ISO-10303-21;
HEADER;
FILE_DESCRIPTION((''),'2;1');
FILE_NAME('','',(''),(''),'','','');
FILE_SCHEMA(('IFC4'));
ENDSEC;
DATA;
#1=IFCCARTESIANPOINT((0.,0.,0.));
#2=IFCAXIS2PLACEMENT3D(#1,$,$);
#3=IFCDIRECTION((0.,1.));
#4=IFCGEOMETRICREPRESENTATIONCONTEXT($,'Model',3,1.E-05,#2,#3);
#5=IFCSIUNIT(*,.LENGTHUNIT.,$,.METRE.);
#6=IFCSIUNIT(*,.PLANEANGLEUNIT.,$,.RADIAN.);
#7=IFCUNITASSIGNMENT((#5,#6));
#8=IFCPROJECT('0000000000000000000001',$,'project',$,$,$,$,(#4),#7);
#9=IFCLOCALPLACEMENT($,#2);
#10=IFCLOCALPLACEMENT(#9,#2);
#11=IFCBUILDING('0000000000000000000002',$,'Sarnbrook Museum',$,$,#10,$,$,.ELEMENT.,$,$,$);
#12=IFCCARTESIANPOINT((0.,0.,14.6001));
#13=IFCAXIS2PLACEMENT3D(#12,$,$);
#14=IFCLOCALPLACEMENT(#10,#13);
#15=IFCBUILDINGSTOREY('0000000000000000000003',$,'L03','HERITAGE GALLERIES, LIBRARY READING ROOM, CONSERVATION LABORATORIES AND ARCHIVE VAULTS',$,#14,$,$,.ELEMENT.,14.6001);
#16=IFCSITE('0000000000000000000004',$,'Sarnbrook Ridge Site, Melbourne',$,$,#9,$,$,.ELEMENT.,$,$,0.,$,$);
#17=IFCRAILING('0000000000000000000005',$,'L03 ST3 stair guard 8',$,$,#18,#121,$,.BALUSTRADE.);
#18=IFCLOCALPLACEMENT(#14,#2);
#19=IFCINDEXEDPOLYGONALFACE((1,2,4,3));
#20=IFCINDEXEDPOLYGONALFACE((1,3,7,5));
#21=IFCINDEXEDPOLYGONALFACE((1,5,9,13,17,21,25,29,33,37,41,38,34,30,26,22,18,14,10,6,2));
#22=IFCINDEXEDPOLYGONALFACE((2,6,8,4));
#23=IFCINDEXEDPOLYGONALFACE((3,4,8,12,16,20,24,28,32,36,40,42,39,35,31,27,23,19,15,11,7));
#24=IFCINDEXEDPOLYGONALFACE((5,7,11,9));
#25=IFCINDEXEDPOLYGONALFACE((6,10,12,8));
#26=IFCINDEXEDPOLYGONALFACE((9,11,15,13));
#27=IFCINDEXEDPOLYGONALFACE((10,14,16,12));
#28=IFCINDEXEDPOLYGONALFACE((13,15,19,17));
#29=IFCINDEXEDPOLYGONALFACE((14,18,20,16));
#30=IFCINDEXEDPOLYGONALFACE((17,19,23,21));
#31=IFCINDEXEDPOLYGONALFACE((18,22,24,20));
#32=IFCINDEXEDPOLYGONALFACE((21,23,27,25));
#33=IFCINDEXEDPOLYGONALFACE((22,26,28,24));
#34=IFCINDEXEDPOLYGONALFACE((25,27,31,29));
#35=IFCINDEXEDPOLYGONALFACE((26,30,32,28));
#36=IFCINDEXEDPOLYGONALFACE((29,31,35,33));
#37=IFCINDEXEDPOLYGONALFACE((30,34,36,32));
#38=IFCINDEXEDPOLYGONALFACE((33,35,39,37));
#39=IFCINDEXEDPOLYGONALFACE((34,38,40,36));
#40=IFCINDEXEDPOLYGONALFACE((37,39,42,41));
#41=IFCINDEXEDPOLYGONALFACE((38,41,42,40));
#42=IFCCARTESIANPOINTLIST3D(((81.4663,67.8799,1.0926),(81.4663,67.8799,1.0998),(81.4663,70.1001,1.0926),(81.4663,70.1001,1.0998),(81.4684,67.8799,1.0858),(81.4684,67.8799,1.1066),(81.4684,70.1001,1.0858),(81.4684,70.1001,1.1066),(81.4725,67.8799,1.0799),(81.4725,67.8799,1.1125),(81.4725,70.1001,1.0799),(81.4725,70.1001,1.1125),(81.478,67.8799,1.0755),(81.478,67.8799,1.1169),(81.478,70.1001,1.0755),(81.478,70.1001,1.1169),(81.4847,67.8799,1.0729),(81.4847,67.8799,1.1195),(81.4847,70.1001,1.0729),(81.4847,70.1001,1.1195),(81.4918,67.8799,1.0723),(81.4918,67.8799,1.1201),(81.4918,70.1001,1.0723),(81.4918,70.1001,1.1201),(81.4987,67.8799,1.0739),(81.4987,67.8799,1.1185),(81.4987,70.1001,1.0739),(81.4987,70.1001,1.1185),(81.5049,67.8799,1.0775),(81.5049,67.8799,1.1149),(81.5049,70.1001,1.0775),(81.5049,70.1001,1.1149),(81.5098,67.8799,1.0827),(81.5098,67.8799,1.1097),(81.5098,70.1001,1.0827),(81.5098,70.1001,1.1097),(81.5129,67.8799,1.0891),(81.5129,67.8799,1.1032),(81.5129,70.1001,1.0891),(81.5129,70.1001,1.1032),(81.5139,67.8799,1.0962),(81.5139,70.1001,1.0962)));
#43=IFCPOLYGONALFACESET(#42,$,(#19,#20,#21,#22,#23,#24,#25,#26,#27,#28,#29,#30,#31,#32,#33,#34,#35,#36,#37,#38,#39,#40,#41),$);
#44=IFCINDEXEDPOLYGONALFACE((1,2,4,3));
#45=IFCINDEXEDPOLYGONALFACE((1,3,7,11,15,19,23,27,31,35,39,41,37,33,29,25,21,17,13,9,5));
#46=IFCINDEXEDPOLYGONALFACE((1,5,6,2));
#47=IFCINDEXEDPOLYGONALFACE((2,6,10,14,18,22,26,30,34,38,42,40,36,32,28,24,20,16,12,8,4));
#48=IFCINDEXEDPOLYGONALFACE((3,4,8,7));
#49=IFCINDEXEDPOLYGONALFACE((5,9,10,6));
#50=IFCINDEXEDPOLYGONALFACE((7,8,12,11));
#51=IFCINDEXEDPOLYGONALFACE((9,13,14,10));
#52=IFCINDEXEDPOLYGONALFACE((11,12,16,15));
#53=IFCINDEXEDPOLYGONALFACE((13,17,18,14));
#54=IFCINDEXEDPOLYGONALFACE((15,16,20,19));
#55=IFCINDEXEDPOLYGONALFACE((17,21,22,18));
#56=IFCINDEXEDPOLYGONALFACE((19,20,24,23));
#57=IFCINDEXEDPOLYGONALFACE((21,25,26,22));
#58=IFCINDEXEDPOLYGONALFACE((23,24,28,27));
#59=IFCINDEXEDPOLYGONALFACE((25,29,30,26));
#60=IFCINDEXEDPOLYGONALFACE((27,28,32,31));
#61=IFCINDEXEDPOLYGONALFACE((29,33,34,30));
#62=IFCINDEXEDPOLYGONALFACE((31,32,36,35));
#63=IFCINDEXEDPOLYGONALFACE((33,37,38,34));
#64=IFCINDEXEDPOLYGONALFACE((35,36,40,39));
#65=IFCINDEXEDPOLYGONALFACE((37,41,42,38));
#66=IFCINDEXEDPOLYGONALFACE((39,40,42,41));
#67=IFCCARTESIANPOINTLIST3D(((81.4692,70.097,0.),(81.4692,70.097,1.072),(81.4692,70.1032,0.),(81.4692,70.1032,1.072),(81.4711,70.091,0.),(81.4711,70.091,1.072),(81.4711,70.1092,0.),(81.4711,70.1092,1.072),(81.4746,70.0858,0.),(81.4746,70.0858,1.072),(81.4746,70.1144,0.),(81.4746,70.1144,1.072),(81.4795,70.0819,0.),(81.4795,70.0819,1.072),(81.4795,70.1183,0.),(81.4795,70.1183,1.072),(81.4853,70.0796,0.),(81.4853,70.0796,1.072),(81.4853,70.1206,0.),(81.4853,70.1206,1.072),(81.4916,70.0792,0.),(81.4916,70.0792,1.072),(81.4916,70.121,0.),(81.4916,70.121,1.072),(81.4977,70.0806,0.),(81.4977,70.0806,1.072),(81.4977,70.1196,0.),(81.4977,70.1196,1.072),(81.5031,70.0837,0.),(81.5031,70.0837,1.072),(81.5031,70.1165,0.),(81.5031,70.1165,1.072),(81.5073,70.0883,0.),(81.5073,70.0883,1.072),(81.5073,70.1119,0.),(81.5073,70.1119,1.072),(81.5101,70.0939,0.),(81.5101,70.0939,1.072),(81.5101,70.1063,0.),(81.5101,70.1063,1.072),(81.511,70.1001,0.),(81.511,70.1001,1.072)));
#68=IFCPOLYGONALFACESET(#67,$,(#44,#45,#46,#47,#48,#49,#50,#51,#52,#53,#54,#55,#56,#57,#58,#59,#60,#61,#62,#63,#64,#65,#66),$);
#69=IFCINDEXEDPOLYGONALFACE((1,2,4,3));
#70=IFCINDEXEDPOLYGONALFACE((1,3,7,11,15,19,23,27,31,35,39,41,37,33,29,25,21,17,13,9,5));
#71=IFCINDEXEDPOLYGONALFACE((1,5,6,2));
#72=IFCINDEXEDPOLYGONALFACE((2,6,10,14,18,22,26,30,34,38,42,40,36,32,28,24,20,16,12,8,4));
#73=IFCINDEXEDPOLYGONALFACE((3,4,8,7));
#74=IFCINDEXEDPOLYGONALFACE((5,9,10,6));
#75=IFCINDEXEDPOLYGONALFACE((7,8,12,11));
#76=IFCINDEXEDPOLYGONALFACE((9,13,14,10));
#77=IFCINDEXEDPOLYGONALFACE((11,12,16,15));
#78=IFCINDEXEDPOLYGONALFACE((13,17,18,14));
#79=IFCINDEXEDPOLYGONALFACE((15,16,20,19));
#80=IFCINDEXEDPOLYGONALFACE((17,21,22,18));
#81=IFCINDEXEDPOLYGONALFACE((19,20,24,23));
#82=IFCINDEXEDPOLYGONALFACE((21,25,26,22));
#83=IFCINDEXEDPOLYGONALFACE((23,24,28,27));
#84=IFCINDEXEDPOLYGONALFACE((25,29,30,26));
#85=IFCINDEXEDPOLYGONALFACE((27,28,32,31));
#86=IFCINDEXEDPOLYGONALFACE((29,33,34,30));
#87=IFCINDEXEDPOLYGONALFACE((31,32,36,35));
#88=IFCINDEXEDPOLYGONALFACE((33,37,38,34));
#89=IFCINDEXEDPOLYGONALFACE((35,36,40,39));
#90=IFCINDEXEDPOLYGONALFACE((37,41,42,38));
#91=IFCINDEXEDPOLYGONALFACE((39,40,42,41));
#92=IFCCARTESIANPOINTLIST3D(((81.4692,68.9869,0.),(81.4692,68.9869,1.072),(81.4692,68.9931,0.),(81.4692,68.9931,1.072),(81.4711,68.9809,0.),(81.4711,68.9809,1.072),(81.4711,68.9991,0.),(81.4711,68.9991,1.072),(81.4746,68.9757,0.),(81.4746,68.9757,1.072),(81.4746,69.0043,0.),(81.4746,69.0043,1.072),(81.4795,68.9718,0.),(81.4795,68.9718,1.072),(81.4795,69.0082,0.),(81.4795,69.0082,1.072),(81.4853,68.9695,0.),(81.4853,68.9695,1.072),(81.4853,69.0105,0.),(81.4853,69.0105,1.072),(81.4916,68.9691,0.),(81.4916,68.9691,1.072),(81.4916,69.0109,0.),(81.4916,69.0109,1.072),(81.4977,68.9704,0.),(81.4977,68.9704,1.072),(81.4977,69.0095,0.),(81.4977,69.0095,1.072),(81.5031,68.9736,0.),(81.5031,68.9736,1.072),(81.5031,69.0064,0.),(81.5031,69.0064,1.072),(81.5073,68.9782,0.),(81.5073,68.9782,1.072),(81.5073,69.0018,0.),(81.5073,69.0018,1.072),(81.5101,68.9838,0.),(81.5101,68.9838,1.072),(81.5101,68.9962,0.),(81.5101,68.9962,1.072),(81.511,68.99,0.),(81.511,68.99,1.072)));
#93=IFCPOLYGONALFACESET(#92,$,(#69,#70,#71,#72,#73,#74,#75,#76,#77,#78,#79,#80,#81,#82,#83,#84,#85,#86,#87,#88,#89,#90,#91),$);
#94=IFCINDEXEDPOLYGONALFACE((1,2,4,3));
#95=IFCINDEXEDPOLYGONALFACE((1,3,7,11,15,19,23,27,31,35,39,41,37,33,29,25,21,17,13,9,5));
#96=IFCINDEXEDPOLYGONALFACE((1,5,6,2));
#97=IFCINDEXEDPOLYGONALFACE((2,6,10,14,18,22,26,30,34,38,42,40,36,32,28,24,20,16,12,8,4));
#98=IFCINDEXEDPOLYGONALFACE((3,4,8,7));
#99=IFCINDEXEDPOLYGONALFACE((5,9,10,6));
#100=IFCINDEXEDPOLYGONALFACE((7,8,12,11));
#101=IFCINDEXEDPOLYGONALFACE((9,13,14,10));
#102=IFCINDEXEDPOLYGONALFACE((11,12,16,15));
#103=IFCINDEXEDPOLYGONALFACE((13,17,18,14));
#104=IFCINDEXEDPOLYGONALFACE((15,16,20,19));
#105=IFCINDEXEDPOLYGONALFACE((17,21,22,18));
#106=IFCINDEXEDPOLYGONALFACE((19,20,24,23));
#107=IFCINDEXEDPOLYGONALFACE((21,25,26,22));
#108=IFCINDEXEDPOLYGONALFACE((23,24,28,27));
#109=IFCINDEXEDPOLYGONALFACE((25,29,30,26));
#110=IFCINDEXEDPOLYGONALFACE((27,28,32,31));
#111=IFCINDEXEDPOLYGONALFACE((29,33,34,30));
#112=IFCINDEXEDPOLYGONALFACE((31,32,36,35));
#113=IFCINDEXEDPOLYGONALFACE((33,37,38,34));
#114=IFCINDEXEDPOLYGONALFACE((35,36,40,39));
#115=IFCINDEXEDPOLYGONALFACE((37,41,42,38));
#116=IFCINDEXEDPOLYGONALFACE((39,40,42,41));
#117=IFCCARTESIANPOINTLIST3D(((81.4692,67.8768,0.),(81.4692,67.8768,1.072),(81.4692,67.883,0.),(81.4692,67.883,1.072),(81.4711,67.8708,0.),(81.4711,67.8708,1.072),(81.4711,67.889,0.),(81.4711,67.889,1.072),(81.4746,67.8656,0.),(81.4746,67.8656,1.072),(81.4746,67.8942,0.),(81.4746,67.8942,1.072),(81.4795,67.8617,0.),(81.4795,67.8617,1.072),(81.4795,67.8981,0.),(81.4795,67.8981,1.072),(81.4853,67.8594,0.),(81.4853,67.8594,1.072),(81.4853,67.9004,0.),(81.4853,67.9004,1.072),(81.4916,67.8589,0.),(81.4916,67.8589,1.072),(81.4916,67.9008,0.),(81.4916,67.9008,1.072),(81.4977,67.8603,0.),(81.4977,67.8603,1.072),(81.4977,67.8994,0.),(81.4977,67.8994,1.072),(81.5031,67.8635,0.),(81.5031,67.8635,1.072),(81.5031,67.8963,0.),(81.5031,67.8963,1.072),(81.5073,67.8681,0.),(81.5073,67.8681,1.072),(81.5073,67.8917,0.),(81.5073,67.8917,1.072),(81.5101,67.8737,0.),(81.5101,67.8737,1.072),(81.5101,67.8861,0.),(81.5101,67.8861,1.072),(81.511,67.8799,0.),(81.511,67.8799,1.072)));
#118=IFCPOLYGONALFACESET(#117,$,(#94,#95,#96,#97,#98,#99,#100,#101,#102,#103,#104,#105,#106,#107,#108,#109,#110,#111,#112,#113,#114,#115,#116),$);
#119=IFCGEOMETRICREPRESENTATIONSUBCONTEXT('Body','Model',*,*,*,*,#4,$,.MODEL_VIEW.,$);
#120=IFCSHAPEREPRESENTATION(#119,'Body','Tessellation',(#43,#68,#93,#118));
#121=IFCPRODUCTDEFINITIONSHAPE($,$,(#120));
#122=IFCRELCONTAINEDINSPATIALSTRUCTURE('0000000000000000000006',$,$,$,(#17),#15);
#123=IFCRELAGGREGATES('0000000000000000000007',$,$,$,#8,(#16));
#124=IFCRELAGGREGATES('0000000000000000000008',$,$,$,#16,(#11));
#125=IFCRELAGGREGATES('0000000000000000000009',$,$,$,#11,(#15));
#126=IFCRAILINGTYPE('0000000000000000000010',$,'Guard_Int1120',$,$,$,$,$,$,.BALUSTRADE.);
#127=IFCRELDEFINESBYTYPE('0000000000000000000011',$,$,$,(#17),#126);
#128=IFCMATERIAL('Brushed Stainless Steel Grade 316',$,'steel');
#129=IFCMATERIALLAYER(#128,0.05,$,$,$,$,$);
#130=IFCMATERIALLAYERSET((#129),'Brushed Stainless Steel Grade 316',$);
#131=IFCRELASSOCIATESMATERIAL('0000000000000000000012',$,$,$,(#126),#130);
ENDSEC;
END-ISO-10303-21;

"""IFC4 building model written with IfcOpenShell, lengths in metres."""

from ifc_helpers import new_model, si_unit, direction, frame, origin, origin_2d, place, context, subcontext, project, spatial, circle, extrude, material, layer, layer_set, type_object, element, save


model = new_model("IFC4")

# Units and contexts
model_context = context("Model", 3, precision=1e-05, world=origin(), true_north=direction((0.0, 1.0)))
body_context = subcontext(model_context, "Body", "Model", "MODEL_VIEW")
ifc_project = project(units=[si_unit("LENGTHUNIT", "METRE"), si_unit("PLANEANGLEUNIT", "RADIAN")], contexts=[model_context])

# Site, building, storey
site_placement = place(None, origin())
site = spatial("IfcSite", under=ifc_project, at=site_placement, Name="Sarnbrook Ridge Site, Melbourne", CompositionType="ELEMENT", RefElevation=0.0)
building_placement = place(site_placement, origin())
building = spatial("IfcBuilding", under=site, at=building_placement, Name="Sarnbrook Museum", CompositionType="ELEMENT")
storey_placement = place(building_placement, frame((0.0, 0.0, 14.6001)))
storey = spatial("IfcBuildingStorey", under=building, at=storey_placement, Name="L03", Description="HERITAGE GALLERIES, LIBRARY READING ROOM, CONSERVATION LABORATORIES AND ARCHIVE VAULTS", CompositionType="ELEMENT", Elevation=14.6001)

# Shared definitions
ifc_material_1 = material(Name="Brushed Stainless Steel Grade 316", Category="steel")

# Railing
ifc_layer_1 = layer(ifc_material_1, 0.05)
ifc_layer_set_1 = layer_set([ifc_layer_1], Name="Brushed Stainless Steel Grade 316")
railing_type = type_object("IfcRailingType", Name="Guard_Int1120", PredefinedType="BALUSTRADE", material=ifc_layer_set_1)
for number, where, name in (
    (1, (81.49, 70.1001, 0.0), "L03 ST3 stair guard 8"),
):
    element("IfcRailing", number, at=place(storey_placement, frame(where)), inside=storey, type_object=railing_type, Name=name, PredefinedType="BALUSTRADE", context=body_context, shape_type="SweptSolid", body=[
        extrude(circle(Radius=0.0239, at=origin_2d()), frame((0.0, 0.0, 1.0962), z_axis=(0.0, -1.0, 0.0), x_axis=(1.0, 0.0, 0.0)), (0.0, 0.0, 1.0), 2.2202),
        extrude(circle(Radius=0.021, at=origin_2d()), origin(), (0.0, 0.0, 1.0), 1.072),
        extrude(circle(Radius=0.021, at=origin_2d()), frame((0.0, -1.1101, 0.0)), (0.0, 0.0, 1.0), 1.072),
        extrude(circle(Radius=0.021, at=origin_2d()), frame((0.0, -2.2202, 0.0)), (0.0, 0.0, 1.0), 1.072),
    ])

save(model, "model.ifc")
